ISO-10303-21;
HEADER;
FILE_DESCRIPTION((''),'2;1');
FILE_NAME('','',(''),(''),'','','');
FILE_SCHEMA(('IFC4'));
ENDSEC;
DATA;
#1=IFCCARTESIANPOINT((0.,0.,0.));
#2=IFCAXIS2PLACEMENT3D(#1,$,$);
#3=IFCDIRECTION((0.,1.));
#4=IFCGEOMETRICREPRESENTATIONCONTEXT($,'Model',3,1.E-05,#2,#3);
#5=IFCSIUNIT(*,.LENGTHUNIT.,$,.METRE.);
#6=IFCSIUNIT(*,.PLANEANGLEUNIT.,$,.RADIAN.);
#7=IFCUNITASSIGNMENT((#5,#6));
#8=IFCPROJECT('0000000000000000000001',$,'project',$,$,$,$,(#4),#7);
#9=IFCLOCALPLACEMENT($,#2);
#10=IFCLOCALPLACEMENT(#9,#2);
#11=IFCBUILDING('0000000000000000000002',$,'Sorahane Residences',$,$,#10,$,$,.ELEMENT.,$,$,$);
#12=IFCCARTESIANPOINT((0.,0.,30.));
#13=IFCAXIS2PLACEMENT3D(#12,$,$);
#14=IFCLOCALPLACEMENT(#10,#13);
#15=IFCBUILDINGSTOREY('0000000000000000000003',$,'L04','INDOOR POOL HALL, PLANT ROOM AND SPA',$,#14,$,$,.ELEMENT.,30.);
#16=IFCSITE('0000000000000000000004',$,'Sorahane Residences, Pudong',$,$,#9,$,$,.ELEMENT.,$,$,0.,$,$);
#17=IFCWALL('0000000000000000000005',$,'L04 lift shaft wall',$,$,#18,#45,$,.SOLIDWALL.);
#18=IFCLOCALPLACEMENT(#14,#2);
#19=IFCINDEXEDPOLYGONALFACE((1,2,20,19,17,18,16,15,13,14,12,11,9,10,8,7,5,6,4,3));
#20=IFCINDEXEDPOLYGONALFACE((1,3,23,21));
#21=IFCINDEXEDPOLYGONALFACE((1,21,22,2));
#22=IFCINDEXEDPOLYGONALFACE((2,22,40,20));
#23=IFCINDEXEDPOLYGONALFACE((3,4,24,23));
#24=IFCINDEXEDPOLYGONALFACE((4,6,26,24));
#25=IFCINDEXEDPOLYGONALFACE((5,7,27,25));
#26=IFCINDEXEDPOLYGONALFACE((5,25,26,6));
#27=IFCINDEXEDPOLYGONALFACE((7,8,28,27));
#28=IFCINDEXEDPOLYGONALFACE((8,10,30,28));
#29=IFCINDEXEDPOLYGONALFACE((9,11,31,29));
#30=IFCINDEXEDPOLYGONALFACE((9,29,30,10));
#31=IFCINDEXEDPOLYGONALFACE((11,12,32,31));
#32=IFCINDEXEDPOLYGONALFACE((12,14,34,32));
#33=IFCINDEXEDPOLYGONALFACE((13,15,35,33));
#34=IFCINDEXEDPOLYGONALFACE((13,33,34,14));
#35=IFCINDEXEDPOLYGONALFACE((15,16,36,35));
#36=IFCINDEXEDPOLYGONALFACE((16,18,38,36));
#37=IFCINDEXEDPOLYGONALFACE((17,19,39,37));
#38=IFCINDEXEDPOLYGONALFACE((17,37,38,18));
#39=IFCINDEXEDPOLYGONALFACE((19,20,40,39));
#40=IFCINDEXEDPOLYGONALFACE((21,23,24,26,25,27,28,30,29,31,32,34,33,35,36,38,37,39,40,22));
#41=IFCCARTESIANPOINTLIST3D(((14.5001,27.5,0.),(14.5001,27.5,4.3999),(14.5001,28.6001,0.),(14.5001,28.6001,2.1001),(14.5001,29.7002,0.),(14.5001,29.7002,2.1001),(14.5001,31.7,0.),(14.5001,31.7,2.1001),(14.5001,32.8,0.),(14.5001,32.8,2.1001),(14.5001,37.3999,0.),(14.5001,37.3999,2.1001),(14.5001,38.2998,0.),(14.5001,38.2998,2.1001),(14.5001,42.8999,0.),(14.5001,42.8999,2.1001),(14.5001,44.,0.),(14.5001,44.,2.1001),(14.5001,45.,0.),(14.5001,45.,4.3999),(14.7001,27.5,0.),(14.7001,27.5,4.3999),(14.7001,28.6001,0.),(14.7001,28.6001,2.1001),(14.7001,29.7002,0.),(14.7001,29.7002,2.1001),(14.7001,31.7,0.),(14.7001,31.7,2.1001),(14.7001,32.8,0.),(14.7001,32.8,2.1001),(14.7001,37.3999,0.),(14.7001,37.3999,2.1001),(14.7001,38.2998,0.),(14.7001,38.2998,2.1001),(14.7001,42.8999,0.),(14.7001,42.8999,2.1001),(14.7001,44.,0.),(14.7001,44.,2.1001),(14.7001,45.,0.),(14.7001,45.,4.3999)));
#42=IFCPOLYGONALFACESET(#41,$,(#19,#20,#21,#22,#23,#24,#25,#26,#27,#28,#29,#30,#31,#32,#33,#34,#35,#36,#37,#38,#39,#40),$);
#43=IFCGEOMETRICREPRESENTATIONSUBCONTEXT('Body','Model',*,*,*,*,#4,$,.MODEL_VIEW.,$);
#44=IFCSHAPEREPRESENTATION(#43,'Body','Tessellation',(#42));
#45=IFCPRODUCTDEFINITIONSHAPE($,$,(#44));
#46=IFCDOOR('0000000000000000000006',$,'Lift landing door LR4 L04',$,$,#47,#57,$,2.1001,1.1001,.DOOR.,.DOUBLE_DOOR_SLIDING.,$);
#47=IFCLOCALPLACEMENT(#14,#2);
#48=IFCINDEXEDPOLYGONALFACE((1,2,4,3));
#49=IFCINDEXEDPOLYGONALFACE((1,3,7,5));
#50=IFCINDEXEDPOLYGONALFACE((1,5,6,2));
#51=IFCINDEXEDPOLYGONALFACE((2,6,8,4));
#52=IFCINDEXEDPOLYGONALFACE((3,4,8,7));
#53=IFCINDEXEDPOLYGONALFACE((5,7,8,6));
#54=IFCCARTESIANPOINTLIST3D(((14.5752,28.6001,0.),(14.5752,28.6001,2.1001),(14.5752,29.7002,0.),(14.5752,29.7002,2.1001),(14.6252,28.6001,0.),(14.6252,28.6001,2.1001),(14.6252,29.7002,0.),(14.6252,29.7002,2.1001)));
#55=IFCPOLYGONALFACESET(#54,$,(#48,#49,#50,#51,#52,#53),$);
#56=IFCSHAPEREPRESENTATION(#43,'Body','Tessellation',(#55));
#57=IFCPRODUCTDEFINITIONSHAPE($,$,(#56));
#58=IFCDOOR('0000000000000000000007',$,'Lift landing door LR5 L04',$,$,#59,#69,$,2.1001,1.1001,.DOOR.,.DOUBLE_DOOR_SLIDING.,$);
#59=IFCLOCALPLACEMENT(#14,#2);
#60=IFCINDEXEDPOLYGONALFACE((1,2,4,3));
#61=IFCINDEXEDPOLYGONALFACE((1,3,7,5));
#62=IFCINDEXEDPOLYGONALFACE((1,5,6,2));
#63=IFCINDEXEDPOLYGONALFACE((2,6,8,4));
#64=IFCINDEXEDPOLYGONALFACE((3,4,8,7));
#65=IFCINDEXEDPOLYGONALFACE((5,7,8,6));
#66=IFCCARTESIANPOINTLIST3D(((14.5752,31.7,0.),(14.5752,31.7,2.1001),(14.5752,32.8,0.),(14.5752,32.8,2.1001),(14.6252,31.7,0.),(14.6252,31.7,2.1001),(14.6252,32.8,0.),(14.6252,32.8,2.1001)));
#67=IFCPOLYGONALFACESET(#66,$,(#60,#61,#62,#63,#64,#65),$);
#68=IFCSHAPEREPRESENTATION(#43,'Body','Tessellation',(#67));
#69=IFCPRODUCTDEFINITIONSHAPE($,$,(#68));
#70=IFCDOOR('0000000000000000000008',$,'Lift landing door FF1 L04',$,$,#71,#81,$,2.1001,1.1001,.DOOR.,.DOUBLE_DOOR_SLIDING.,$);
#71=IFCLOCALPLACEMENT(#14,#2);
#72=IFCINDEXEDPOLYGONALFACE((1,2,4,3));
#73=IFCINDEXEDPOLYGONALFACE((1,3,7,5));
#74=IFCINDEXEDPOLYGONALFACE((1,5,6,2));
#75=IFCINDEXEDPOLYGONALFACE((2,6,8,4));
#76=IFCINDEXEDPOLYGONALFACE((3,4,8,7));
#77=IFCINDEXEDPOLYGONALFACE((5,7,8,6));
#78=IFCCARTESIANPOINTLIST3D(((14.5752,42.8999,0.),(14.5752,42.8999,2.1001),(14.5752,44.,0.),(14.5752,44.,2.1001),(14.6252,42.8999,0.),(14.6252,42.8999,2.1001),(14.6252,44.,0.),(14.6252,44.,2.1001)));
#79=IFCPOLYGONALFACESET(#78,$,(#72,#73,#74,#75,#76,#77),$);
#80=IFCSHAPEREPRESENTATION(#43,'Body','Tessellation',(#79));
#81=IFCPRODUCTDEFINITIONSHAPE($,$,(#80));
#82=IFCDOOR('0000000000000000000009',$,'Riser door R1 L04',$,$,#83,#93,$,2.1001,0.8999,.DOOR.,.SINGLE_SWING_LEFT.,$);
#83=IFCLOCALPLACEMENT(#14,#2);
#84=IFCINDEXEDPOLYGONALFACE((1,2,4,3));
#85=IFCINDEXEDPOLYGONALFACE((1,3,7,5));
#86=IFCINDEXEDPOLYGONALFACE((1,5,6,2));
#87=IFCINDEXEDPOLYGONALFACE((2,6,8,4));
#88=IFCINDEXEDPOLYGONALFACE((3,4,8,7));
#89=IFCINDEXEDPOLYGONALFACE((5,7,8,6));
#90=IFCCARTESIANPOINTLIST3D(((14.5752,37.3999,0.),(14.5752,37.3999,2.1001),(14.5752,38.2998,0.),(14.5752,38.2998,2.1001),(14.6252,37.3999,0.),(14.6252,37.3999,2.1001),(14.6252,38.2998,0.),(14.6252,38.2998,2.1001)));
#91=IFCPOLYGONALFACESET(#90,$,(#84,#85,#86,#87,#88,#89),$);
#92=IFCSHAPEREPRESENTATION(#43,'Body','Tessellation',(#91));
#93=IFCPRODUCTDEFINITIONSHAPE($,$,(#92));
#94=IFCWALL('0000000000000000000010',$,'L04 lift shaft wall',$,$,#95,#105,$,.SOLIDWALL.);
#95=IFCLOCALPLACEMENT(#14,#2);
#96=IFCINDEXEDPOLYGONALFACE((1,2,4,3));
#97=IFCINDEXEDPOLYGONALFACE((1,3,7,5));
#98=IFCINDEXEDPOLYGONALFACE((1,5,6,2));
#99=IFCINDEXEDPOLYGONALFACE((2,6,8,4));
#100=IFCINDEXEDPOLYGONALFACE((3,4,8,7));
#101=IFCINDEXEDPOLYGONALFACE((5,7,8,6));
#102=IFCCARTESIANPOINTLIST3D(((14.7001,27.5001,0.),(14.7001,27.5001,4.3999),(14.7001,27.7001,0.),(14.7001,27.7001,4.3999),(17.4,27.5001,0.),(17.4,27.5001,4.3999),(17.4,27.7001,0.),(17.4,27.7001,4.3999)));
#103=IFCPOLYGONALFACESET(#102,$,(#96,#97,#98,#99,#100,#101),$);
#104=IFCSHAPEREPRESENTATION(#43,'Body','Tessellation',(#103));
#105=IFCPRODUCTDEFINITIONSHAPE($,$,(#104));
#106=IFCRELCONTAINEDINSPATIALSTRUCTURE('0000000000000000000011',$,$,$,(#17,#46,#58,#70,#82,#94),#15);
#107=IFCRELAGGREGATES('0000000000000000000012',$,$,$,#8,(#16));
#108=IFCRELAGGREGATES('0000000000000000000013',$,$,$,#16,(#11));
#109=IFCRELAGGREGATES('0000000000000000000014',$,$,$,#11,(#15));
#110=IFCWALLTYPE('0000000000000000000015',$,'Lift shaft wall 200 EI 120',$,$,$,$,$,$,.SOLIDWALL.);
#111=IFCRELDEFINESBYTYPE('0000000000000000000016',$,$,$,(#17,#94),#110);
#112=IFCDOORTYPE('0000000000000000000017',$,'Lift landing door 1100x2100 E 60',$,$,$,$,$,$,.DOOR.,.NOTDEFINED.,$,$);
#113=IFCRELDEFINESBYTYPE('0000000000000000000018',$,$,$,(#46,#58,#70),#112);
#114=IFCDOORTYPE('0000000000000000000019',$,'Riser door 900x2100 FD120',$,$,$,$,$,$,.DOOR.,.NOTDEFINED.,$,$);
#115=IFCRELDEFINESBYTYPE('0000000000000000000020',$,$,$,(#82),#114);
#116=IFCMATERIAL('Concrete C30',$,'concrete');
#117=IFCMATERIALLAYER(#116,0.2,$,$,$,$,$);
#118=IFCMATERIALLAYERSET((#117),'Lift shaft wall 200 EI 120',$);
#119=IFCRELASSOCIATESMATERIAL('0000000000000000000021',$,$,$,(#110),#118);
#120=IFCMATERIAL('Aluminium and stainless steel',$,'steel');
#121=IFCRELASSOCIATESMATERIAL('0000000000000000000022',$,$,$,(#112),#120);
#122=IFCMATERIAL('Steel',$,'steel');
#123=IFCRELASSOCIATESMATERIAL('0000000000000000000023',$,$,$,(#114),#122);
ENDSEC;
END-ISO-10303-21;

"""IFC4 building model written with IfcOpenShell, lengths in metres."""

from ifc_helpers import new_model, si_unit, direction, frame, frame_2d, origin, place, context, subcontext, project, spatial, rectangle, extrude, material, layer, layer_set, type_object, element, fill, save


model = new_model("IFC4")

# Units and contexts
model_context = context("Model", 3, precision=1e-05, world=origin(), true_north=direction((0.0, 1.0)))
body_context = subcontext(model_context, "Body", "Model", "MODEL_VIEW")
ifc_project = project(units=[si_unit("LENGTHUNIT", "METRE"), si_unit("PLANEANGLEUNIT", "RADIAN")], contexts=[model_context])

# Site, building, storey
site_placement = place(None, origin())
site = spatial("IfcSite", under=ifc_project, at=site_placement, Name="Sorahane Residences, Pudong", CompositionType="ELEMENT", RefElevation=0.0)
building_placement = place(site_placement, origin())
building = spatial("IfcBuilding", under=site, at=building_placement, Name="Sorahane Residences", CompositionType="ELEMENT")
storey_placement = place(building_placement, frame((0.0, 0.0, 30.0)))
storey = spatial("IfcBuildingStorey", under=building, at=storey_placement, Name="L04", Description="INDOOR POOL HALL, PLANT ROOM AND SPA", CompositionType="ELEMENT", Elevation=30.0)

# Wall, openings, doors
ifc_material_1 = material(Name="Concrete C30", Category="concrete")
ifc_layer_1 = layer(ifc_material_1, 0.2)
ifc_layer_set_1 = layer_set([ifc_layer_1], Name="Lift shaft wall 200 EI 120")
wall_type_1 = type_object("IfcWallType", Name="Lift shaft wall 200 EI 120", PredefinedType="SOLIDWALL", material=ifc_layer_set_1)
wall_1_placement = place(storey_placement, frame((14.6001, 27.5, 0.0), z_axis=(0.0, 0.0, 1.0), x_axis=(0.0, 1.0, 0.0)))
wall_1 = element("IfcWall", 1, at=wall_1_placement, inside=storey, type_object=wall_type_1, Name="L04 lift shaft wall", PredefinedType="SOLIDWALL", context=body_context, shape_type="SweptSolid", body=[
    extrude(rectangle(XDim=17.5, YDim=0.2, at=frame_2d((8.75, 0.0))), origin(), (0.0, 0.0, 1.0), 4.3999),
])
opening_1_placement = place(wall_1_placement, frame((1.1001, 0.0, 0.0)))
opening_1 = element("IfcOpeningElement", 2, at=opening_1_placement, cuts=wall_1, PredefinedType="OPENING", context=body_context, shape_type="SweptSolid", body=[
    extrude(rectangle(XDim=1.1001, YDim=2.1001, at=frame_2d((0.55, 1.05))), frame((0.0, 0.1099, 0.0), z_axis=(0.0, -1.0, 0.0), x_axis=(1.0, 0.0, 0.0)), (0.0, 0.0, 1.0), 0.22),
])
opening_2_placement = place(wall_1_placement, frame((4.2, 0.0, 0.0)))
opening_2 = element("IfcOpeningElement", 3, at=opening_2_placement, cuts=wall_1, PredefinedType="OPENING", context=body_context, shape_type="SweptSolid", body=[
    extrude(rectangle(XDim=1.1001, YDim=2.1001, at=frame_2d((0.55, 1.05))), frame((0.0, 0.1099, 0.0), z_axis=(0.0, -1.0, 0.0), x_axis=(1.0, 0.0, 0.0)), (0.0, 0.0, 1.0), 0.22),
])
opening_3_placement = place(wall_1_placement, frame((15.3999, 0.0, 0.0)))
opening_3 = element("IfcOpeningElement", 4, at=opening_3_placement, cuts=wall_1, PredefinedType="OPENING", context=body_context, shape_type="SweptSolid", body=[
    extrude(rectangle(XDim=1.1001, YDim=2.1001, at=frame_2d((0.55, 1.05))), frame((0.0, 0.1099, 0.0), z_axis=(0.0, -1.0, 0.0), x_axis=(1.0, 0.0, 0.0)), (0.0, 0.0, 1.0), 0.22),
])
opening_4_placement = place(wall_1_placement, frame((9.8999, 0.0, 0.0)))
opening_4 = element("IfcOpeningElement", 5, at=opening_4_placement, cuts=wall_1, PredefinedType="OPENING", context=body_context, shape_type="SweptSolid", body=[
    extrude(rectangle(XDim=0.8999, YDim=2.1001, at=frame_2d((0.45, 1.05))), frame((0.0, 0.1099, 0.0), z_axis=(0.0, -1.0, 0.0), x_axis=(1.0, 0.0, 0.0)), (0.0, 0.0, 1.0), 0.22),
])
ifc_material_2 = material(Name="Aluminium and stainless steel", Category="steel")
door_type_1 = type_object("IfcDoorType", Name="Lift landing door 1100x2100 E 60", OperationType="NOTDEFINED", PredefinedType="DOOR", material=ifc_material_2)
door_1_placement = place(opening_1_placement, origin())
door_1 = element("IfcDoor", 6, at=door_1_placement, inside=storey, type_object=door_type_1, Name="Lift landing door LR4 L04", OperationType="DOUBLE_DOOR_SLIDING", OverallHeight=2.1001, OverallWidth=1.1001, PredefinedType="DOOR", context=body_context, shape_type="SweptSolid", body=[
    extrude(rectangle(XDim=1.1001, YDim=2.1001, at=frame_2d((0.55, 1.05))), frame((0.0, 0.0249, 0.0), z_axis=(0.0, -1.0, 0.0), x_axis=(1.0, 0.0, 0.0)), (0.0, 0.0, 1.0), 0.05),
])
fill(opening_1, door_1)
door_2_placement = place(opening_2_placement, origin())
door_2 = element("IfcDoor", 7, at=door_2_placement, inside=storey, type_object=door_type_1, Name="Lift landing door LR5 L04", OperationType="DOUBLE_DOOR_SLIDING", OverallHeight=2.1001, OverallWidth=1.1001, PredefinedType="DOOR", context=body_context, shape_type="SweptSolid", body=[
    extrude(rectangle(XDim=1.1001, YDim=2.1001, at=frame_2d((0.55, 1.05))), frame((0.0, 0.0249, 0.0), z_axis=(0.0, -1.0, 0.0), x_axis=(1.0, 0.0, 0.0)), (0.0, 0.0, 1.0), 0.05),
])
fill(opening_2, door_2)
door_3_placement = place(opening_3_placement, origin())
door_3 = element("IfcDoor", 8, at=door_3_placement, inside=storey, type_object=door_type_1, Name="Lift landing door FF1 L04", OperationType="DOUBLE_DOOR_SLIDING", OverallHeight=2.1001, OverallWidth=1.1001, PredefinedType="DOOR", context=body_context, shape_type="SweptSolid", body=[
    extrude(rectangle(XDim=1.1001, YDim=2.1001, at=frame_2d((0.55, 1.05))), frame((0.0, 0.0249, 0.0), z_axis=(0.0, -1.0, 0.0), x_axis=(1.0, 0.0, 0.0)), (0.0, 0.0, 1.0), 0.05),
])
fill(opening_3, door_3)
ifc_material_3 = material(Name="Steel", Category="steel")
door_type_2 = type_object("IfcDoorType", Name="Riser door 900x2100 FD120", OperationType="NOTDEFINED", PredefinedType="DOOR", material=ifc_material_3)
door_4_placement = place(opening_4_placement, origin())
door_4 = element("IfcDoor", 9, at=door_4_placement, inside=storey, type_object=door_type_2, Name="Riser door R1 L04", OperationType="SINGLE_SWING_LEFT", OverallHeight=2.1001, OverallWidth=0.8999, PredefinedType="DOOR", context=body_context, shape_type="SweptSolid", body=[
    extrude(rectangle(XDim=0.8999, YDim=2.1001, at=frame_2d((0.45, 1.05))), frame((0.0, 0.0249, 0.0), z_axis=(0.0, -1.0, 0.0), x_axis=(1.0, 0.0, 0.0)), (0.0, 0.0, 1.0), 0.05),
])
fill(opening_4, door_4)

# Wall
wall_2_placement = place(storey_placement, frame((14.7, 27.6001, 0.0), z_axis=(0.0, 0.0, 1.0), x_axis=(1.0, 0.0, 0.0)))
element("IfcWall", 10, at=wall_2_placement, inside=storey, type_object=wall_type_1, Name="L04 lift shaft wall", PredefinedType="SOLIDWALL", context=body_context, shape_type="SweptSolid", body=[
    extrude(rectangle(XDim=2.7, YDim=0.2, at=frame_2d((1.3501, 0.0))), origin(), (0.0, 0.0, 1.0), 4.3999),
])

save(model, "model.ifc")
